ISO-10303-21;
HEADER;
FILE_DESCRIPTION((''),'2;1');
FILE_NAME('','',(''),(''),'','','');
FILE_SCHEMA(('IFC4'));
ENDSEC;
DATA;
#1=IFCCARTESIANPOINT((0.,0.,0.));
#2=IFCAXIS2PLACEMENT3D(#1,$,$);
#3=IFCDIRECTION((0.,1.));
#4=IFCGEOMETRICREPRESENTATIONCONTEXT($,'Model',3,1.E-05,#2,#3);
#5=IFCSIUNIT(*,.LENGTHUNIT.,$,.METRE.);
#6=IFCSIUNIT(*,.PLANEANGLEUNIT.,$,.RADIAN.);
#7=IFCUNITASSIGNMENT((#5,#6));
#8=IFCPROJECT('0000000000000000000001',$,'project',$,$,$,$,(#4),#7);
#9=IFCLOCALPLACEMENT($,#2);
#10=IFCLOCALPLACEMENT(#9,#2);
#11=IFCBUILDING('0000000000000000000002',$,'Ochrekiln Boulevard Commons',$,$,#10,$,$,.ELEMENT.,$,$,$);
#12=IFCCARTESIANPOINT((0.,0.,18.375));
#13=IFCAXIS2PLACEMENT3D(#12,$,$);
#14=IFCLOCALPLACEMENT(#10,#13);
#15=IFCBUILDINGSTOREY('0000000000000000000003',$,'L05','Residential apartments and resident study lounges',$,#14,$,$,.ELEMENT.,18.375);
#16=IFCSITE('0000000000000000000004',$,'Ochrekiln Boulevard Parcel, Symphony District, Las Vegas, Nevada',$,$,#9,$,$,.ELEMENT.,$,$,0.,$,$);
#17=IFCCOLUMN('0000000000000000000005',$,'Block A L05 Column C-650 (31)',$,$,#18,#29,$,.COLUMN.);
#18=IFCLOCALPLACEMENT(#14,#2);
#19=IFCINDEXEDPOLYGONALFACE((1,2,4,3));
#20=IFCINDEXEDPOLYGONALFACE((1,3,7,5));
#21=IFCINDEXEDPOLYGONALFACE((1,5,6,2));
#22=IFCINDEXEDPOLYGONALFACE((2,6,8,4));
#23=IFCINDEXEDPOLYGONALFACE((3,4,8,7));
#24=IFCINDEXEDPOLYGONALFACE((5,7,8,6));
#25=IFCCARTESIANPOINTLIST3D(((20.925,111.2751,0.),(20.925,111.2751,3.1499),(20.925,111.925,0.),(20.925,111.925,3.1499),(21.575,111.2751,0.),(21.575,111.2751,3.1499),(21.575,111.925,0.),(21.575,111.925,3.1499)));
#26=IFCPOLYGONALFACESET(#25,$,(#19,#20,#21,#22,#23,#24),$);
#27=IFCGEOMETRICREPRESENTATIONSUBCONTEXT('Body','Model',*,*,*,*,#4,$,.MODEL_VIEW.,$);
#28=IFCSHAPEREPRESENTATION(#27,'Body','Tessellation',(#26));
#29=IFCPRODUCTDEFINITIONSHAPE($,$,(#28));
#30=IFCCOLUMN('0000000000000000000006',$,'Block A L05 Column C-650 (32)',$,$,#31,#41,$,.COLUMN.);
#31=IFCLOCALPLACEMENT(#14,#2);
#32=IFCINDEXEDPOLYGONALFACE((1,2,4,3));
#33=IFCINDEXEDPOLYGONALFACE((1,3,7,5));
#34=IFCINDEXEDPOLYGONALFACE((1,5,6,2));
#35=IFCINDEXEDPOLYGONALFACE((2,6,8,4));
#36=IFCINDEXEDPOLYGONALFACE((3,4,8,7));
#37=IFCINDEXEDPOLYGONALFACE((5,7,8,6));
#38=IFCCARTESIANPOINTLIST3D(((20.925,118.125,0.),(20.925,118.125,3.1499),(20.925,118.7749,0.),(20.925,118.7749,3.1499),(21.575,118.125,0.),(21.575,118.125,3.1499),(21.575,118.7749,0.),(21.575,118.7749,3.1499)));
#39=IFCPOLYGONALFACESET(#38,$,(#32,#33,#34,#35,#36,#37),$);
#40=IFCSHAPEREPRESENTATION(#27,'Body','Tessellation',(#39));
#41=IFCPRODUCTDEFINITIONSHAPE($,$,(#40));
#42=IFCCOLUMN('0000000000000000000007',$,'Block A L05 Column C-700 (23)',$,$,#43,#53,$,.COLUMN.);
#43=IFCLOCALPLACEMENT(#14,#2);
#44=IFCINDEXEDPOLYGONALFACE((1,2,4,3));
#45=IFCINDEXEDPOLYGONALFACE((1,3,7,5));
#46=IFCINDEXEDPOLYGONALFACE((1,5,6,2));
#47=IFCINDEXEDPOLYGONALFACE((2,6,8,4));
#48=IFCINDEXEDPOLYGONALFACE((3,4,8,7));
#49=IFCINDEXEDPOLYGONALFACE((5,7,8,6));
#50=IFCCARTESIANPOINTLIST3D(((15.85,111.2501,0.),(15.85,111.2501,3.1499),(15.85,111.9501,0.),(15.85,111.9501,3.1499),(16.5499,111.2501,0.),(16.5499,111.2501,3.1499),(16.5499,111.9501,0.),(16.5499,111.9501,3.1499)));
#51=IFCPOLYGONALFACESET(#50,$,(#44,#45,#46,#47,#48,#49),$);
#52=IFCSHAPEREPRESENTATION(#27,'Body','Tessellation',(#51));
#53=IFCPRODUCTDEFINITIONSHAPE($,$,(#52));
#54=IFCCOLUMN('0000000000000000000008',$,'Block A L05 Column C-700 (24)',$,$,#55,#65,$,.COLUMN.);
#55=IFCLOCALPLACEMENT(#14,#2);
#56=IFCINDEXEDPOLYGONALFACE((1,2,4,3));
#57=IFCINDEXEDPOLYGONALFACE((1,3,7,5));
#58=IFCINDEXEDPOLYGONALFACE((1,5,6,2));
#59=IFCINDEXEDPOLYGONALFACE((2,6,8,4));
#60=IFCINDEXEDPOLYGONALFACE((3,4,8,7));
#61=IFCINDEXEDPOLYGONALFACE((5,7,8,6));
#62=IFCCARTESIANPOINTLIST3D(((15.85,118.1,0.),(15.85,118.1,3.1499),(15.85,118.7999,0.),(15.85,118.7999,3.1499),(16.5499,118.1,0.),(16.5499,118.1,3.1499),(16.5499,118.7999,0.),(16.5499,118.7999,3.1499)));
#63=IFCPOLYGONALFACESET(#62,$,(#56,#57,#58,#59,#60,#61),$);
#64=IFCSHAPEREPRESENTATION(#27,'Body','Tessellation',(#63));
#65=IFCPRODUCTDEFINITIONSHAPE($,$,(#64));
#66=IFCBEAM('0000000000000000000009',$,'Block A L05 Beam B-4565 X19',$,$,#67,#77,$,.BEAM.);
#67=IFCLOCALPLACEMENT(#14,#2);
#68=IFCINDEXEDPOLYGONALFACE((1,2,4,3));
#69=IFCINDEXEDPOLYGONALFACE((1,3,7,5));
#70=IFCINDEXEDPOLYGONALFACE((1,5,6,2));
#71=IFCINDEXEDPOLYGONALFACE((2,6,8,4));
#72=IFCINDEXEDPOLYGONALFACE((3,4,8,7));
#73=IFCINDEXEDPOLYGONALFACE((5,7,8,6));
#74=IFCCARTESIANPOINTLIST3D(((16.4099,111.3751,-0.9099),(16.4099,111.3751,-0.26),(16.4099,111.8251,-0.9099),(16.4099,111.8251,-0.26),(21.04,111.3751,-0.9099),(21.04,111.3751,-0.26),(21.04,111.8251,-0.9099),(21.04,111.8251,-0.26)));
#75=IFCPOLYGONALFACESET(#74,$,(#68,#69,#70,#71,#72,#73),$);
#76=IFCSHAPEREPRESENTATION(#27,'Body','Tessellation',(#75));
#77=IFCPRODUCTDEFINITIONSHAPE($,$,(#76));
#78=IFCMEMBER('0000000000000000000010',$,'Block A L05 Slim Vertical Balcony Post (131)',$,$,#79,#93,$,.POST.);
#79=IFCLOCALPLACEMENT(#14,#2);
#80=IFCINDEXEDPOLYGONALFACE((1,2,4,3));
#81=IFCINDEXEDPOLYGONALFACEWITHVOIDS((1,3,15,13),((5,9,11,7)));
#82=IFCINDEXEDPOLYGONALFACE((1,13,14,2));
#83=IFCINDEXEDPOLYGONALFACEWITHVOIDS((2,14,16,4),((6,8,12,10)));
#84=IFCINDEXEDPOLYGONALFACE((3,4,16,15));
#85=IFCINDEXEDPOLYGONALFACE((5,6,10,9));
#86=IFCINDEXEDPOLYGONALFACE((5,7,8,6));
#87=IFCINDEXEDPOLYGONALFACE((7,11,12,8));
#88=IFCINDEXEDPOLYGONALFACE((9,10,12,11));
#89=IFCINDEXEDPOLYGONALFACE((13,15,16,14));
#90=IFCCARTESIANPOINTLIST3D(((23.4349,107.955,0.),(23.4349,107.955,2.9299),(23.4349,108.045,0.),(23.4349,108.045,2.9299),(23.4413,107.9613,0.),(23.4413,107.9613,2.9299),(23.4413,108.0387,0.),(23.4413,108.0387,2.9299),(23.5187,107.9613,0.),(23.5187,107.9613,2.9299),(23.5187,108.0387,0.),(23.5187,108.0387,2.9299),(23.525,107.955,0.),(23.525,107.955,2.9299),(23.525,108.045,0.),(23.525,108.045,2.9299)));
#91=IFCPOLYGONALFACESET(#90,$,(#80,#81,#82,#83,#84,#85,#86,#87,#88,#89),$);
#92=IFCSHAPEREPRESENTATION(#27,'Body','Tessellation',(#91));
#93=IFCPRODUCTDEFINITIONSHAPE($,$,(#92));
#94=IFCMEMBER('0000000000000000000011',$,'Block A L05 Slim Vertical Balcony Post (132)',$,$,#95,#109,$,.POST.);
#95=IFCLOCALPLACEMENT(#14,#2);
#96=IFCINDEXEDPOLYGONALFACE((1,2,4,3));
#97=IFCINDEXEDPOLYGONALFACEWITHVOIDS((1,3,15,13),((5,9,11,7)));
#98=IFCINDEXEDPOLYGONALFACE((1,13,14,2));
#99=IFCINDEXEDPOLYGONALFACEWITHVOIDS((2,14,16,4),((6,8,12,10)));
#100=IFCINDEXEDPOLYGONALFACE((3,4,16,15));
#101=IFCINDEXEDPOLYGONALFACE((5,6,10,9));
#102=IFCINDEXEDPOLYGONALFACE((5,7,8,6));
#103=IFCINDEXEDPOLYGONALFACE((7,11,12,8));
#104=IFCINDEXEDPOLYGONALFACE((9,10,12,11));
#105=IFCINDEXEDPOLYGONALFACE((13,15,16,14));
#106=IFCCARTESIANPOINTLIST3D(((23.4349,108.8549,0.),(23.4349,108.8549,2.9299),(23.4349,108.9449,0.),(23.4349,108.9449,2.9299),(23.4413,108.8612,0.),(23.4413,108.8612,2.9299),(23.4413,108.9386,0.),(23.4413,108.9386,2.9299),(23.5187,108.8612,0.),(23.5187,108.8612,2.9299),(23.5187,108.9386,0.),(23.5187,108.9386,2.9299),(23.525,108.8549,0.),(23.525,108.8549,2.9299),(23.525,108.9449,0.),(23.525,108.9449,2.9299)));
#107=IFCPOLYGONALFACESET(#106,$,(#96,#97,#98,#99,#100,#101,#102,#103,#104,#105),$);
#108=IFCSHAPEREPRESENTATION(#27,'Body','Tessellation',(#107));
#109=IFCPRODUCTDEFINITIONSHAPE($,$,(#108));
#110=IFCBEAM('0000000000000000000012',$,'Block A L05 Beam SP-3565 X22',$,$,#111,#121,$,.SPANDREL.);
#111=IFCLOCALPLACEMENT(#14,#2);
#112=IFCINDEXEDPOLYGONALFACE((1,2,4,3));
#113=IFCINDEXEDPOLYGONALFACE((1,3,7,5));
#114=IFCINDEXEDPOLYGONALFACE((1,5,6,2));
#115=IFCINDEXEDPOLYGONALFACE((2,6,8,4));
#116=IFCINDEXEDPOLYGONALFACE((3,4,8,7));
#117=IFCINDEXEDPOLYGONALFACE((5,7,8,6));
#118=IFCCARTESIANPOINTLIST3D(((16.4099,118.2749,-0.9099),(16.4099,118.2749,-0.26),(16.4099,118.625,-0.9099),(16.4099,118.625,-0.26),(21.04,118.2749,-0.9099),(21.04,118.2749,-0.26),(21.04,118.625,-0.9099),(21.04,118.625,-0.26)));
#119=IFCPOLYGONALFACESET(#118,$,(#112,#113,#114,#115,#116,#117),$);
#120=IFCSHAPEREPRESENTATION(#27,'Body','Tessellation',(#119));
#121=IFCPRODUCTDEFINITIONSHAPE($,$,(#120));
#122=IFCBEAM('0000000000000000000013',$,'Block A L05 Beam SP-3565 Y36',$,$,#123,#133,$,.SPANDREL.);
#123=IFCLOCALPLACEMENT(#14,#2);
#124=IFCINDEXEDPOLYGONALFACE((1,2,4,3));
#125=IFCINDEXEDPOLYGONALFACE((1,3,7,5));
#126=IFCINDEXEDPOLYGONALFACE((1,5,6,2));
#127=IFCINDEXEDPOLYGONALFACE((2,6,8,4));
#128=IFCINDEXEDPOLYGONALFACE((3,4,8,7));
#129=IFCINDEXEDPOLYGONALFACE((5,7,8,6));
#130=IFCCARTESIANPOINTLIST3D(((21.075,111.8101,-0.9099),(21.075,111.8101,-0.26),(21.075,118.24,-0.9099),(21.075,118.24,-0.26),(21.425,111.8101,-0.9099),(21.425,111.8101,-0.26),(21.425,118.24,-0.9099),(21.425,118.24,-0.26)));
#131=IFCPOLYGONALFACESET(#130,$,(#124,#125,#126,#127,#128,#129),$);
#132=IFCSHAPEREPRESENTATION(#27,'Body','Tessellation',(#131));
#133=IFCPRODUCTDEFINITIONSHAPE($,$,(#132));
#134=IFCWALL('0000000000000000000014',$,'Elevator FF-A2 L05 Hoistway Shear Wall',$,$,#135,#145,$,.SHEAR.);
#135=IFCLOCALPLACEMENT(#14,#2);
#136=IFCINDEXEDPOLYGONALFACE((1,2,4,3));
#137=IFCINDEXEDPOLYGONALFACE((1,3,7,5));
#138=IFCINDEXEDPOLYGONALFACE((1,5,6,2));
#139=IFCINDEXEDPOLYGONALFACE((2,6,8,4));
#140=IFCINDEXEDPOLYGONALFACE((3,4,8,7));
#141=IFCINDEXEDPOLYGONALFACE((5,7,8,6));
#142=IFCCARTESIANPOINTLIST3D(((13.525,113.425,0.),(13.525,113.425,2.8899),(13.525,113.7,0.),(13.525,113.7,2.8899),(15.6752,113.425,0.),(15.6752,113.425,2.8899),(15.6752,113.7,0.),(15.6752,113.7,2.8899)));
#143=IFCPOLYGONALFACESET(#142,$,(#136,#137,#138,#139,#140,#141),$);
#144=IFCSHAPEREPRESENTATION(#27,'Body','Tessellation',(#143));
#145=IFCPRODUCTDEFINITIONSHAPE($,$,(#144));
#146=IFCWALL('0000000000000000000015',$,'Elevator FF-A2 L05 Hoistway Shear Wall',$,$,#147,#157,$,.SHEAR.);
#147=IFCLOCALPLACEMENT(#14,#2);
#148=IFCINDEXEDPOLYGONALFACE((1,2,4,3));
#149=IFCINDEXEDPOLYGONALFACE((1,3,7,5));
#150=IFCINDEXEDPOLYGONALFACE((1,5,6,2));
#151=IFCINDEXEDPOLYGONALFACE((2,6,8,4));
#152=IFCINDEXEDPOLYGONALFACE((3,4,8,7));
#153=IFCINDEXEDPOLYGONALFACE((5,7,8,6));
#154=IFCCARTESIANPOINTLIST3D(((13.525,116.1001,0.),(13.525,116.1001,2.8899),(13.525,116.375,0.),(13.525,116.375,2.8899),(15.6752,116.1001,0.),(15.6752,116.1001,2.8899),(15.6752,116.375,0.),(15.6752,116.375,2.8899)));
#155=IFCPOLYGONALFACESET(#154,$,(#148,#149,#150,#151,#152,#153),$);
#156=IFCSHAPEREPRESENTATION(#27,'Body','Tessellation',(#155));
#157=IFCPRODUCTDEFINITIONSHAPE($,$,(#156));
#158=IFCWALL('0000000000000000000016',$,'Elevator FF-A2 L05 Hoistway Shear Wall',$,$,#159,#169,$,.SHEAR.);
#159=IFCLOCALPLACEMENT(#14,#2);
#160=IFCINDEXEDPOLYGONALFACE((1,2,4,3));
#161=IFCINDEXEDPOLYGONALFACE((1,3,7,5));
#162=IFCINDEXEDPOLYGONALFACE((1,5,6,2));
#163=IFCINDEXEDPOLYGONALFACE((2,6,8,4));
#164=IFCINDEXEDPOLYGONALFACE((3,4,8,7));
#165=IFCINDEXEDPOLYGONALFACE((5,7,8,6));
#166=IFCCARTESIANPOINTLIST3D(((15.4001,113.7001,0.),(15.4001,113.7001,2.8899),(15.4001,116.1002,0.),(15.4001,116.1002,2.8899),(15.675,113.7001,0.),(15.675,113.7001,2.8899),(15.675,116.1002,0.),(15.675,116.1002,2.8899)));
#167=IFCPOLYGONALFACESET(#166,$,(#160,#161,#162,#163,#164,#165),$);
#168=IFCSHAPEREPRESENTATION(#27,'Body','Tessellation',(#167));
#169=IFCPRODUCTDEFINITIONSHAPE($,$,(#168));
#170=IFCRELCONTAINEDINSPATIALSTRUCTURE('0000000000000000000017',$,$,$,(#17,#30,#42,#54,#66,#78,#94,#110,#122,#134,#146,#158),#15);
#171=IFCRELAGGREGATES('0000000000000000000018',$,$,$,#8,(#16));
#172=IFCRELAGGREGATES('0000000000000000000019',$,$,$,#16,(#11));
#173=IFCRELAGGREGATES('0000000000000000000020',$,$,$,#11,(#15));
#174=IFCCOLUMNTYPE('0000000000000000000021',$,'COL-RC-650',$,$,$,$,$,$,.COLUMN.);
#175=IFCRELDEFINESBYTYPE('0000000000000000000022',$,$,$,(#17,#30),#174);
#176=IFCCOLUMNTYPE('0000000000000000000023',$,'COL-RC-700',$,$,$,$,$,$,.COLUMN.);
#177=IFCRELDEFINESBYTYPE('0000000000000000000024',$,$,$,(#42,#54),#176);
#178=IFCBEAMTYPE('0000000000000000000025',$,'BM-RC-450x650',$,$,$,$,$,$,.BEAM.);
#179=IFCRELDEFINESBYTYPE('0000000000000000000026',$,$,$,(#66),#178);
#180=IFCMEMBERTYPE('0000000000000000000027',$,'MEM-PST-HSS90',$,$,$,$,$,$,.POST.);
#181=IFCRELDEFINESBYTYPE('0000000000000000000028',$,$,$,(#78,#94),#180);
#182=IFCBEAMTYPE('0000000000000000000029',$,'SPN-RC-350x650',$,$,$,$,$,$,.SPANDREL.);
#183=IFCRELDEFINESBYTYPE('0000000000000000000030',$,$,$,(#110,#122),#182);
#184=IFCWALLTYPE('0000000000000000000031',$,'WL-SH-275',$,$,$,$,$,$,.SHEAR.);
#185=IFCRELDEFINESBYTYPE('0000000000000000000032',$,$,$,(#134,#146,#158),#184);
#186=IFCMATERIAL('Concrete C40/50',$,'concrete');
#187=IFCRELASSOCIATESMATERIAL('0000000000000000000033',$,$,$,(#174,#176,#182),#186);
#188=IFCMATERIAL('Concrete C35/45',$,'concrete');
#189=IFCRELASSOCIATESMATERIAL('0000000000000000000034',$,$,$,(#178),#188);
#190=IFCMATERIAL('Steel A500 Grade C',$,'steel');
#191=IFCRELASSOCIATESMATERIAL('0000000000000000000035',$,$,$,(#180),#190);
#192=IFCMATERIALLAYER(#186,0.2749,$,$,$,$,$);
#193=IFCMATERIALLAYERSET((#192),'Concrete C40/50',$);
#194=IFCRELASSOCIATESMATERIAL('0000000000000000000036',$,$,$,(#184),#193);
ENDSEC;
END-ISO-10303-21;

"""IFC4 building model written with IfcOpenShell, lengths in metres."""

from ifc_helpers import new_model, si_unit, direction, frame, frame_2d, origin, origin_2d, place, context, subcontext, project, spatial, rectangle, hollow_rectangle, extrude, material, layer, layer_set, material_profile, profile_set, type_object, element, save


model = new_model("IFC4")

# Units and contexts
model_context = context("Model", 3, precision=1e-05, world=origin(), true_north=direction((0.0, 1.0)))
body_context = subcontext(model_context, "Body", "Model", "MODEL_VIEW")
ifc_project = project(units=[si_unit("LENGTHUNIT", "METRE"), si_unit("PLANEANGLEUNIT", "RADIAN")], contexts=[model_context])

# Site, building, storey
site_placement = place(None, origin())
site = spatial("IfcSite", under=ifc_project, at=site_placement, Name="Ochrekiln Boulevard Parcel, Symphony District, Las Vegas, Nevada", CompositionType="ELEMENT", RefElevation=0.0)
building_placement = place(site_placement, origin())
building = spatial("IfcBuilding", under=site, at=building_placement, Name="Ochrekiln Boulevard Commons", CompositionType="ELEMENT")
storey_placement = place(building_placement, frame((0.0, 0.0, 18.375)))
storey = spatial("IfcBuildingStorey", under=building, at=storey_placement, Name="L05", Description="Residential apartments and resident study lounges", CompositionType="ELEMENT", Elevation=18.375)

# Columns
ifc_material_1 = material(Name="Concrete C40/50", Category="concrete")
ifc_material_profile_1 = material_profile(ifc_material_1, rectangle(XDim=0.6499, YDim=0.6499, at=origin_2d()), Name="RC-COL-650x650")
ifc_profile_set_1 = profile_set([ifc_material_profile_1], Name="Concrete C40/50")
column_type_1 = type_object("IfcColumnType", Name="COL-RC-650", PredefinedType="COLUMN", material=ifc_profile_set_1)
for number, where, z_axis, x_axis, name in (
    (1, (21.25, 111.6001, 0.0), (0.0, 0.0, 1.0), (1.0, 0.0, 0.0), "Block A L05 Column C-650 (31)"),
    (2, (21.25, 118.45, 0.0), (0.0, 0.0, 1.0), (1.0, 0.0, 0.0), "Block A L05 Column C-650 (32)"),
):
    element("IfcColumn", number, at=place(storey_placement, frame(where, z_axis=z_axis, x_axis=x_axis)), inside=storey, type_object=column_type_1, Name=name, PredefinedType="COLUMN", context=body_context, shape_type="SweptSolid", body=[
        extrude(rectangle(XDim=0.6499, YDim=0.6499, at=origin_2d()), origin(), (0.0, 0.0, 1.0), 3.1499),
    ])
ifc_material_profile_2 = material_profile(ifc_material_1, rectangle(XDim=0.7, YDim=0.7, at=origin_2d()), Name="RC-COL-700x700")
ifc_profile_set_2 = profile_set([ifc_material_profile_2], Name="Concrete C40/50")
column_type_2 = type_object("IfcColumnType", Name="COL-RC-700", PredefinedType="COLUMN", material=ifc_profile_set_2)
for number, where, z_axis, x_axis, name in (
    (3, (16.2, 111.6001, 0.0), (0.0, 0.0, 1.0), (1.0, 0.0, 0.0), "Block A L05 Column C-700 (23)"),
    (4, (16.2, 118.45, 0.0), (0.0, 0.0, 1.0), (1.0, 0.0, 0.0), "Block A L05 Column C-700 (24)"),
):
    element("IfcColumn", number, at=place(storey_placement, frame(where, z_axis=z_axis, x_axis=x_axis)), inside=storey, type_object=column_type_2, Name=name, PredefinedType="COLUMN", context=body_context, shape_type="SweptSolid", body=[
        extrude(rectangle(XDim=0.7, YDim=0.7, at=origin_2d()), origin(), (0.0, 0.0, 1.0), 3.1499),
    ])

# Beam
ifc_material_2 = material(Name="Concrete C35/45", Category="concrete")
ifc_material_profile_3 = material_profile(ifc_material_2, rectangle(XDim=0.45, YDim=0.6499, at=origin_2d()), Name="RC-BM-450x650")
ifc_profile_set_3 = profile_set([ifc_material_profile_3], Name="Concrete C35/45")
beam_type_1 = type_object("IfcBeamType", Name="BM-RC-450x650", PredefinedType="BEAM", material=ifc_profile_set_3)
beam_1_placement = place(storey_placement, frame((16.4099, 111.6001, -0.585), z_axis=(1.0, 0.0, 0.0), x_axis=(0.0, 1.0, 0.0)))
element("IfcBeam", 5, at=beam_1_placement, inside=storey, type_object=beam_type_1, Name="Block A L05 Beam B-4565 X19", PredefinedType="BEAM", context=body_context, shape_type="SweptSolid", body=[
    extrude(rectangle(XDim=0.45, YDim=0.6499, at=origin_2d()), origin(), (0.0, 0.0, 1.0), 4.6301),
])

# Members
ifc_material_3 = material(Name="Steel A500 Grade C", Category="steel")
ifc_material_profile_4 = material_profile(ifc_material_3, hollow_rectangle(XDim=0.0901, YDim=0.0901, WallThickness=0.0063, at=origin_2d()), Name="HSS90X90X6.4")
ifc_profile_set_4 = profile_set([ifc_material_profile_4], Name="Steel A500 Grade C")
member_type = type_object("IfcMemberType", Name="MEM-PST-HSS90", PredefinedType="POST", material=ifc_profile_set_4)
for number, where, z_axis, x_axis, name in (
    (6, (23.48, 108.0, 0.0), (0.0, 0.0, 1.0), (1.0, 0.0, 0.0), "Block A L05 Slim Vertical Balcony Post (131)"),
    (7, (23.48, 108.8999, 0.0), (0.0, 0.0, 1.0), (1.0, 0.0, 0.0), "Block A L05 Slim Vertical Balcony Post (132)"),
):
    element("IfcMember", number, at=place(storey_placement, frame(where, z_axis=z_axis, x_axis=x_axis)), inside=storey, type_object=member_type, Name=name, PredefinedType="POST", context=body_context, shape_type="SweptSolid", body=[
        extrude(hollow_rectangle(XDim=0.0901, YDim=0.0901, WallThickness=0.0063, at=origin_2d()), origin(), (0.0, 0.0, 1.0), 2.9299),
    ])

# Beams
ifc_material_profile_5 = material_profile(ifc_material_1, rectangle(XDim=0.3501, YDim=0.6499, at=origin_2d()), Name="RC-SPN-350x650")
ifc_profile_set_5 = profile_set([ifc_material_profile_5], Name="Concrete C40/50")
beam_type_2 = type_object("IfcBeamType", Name="SPN-RC-350x650", PredefinedType="SPANDREL", material=ifc_profile_set_5)
beam_2_placement = place(storey_placement, frame((16.4099, 118.45, -0.585), z_axis=(1.0, 0.0, 0.0), x_axis=(0.0, 1.0, 0.0)))
element("IfcBeam", 8, at=beam_2_placement, inside=storey, type_object=beam_type_2, Name="Block A L05 Beam SP-3565 X22", PredefinedType="SPANDREL", context=body_context, shape_type="SweptSolid", body=[
    extrude(rectangle(XDim=0.3501, YDim=0.6499, at=origin_2d()), origin(), (0.0, 0.0, 1.0), 4.6301),
])
beam_3_placement = place(storey_placement, frame((21.25, 111.8101, -0.585), z_axis=(0.0, 1.0, 0.0), x_axis=(-1.0, 0.0, 0.0)))
element("IfcBeam", 9, at=beam_3_placement, inside=storey, type_object=beam_type_2, Name="Block A L05 Beam SP-3565 Y36", PredefinedType="SPANDREL", context=body_context, shape_type="SweptSolid", body=[
    extrude(rectangle(XDim=0.3501, YDim=0.6499, at=origin_2d()), origin(), (0.0, 0.0, 1.0), 6.4299),
])

# Walls
ifc_layer_1 = layer(ifc_material_1, 0.2749)
ifc_layer_set_1 = layer_set([ifc_layer_1], Name="Concrete C40/50")
wall_type_1 = type_object("IfcWallType", Name="WL-SH-275", PredefinedType="SHEAR", material=ifc_layer_set_1)
for number, where, z_axis, x_axis, name in (
    (10, (13.5249, 113.5625, 0.0), (0.0, 0.0, 1.0), (1.0, 0.0, 0.0), "Elevator FF-A2 L05 Hoistway Shear Wall"),
    (11, (13.5249, 116.2375, 0.0), (0.0, 0.0, 1.0), (1.0, 0.0, 0.0), "Elevator FF-A2 L05 Hoistway Shear Wall"),
):
    element("IfcWall", number, at=place(storey_placement, frame(where, z_axis=z_axis, x_axis=x_axis)), inside=storey, type_object=wall_type_1, Name=name, PredefinedType="SHEAR", context=body_context, shape_type="SweptSolid", body=[
        extrude(rectangle(XDim=2.1501, YDim=0.2749, at=frame_2d((1.0752, 0.0))), origin(), (0.0, 0.0, 1.0), 2.8899),
    ])

# Wall
wall_1_placement = place(storey_placement, frame((15.5376, 113.7, 0.0), z_axis=(0.0, 0.0, 1.0), x_axis=(0.0, 1.0, 0.0)))
element("IfcWall", 12, at=wall_1_placement, inside=storey, type_object=wall_type_1, Name="Elevator FF-A2 L05 Hoistway Shear Wall", PredefinedType="SHEAR", context=body_context, shape_type="SweptSolid", body=[
    extrude(rectangle(XDim=2.4001, YDim=0.2749, at=frame_2d((1.2002, 0.0))), origin(), (0.0, 0.0, 1.0), 2.8899),
])

save(model, "model.ifc")
